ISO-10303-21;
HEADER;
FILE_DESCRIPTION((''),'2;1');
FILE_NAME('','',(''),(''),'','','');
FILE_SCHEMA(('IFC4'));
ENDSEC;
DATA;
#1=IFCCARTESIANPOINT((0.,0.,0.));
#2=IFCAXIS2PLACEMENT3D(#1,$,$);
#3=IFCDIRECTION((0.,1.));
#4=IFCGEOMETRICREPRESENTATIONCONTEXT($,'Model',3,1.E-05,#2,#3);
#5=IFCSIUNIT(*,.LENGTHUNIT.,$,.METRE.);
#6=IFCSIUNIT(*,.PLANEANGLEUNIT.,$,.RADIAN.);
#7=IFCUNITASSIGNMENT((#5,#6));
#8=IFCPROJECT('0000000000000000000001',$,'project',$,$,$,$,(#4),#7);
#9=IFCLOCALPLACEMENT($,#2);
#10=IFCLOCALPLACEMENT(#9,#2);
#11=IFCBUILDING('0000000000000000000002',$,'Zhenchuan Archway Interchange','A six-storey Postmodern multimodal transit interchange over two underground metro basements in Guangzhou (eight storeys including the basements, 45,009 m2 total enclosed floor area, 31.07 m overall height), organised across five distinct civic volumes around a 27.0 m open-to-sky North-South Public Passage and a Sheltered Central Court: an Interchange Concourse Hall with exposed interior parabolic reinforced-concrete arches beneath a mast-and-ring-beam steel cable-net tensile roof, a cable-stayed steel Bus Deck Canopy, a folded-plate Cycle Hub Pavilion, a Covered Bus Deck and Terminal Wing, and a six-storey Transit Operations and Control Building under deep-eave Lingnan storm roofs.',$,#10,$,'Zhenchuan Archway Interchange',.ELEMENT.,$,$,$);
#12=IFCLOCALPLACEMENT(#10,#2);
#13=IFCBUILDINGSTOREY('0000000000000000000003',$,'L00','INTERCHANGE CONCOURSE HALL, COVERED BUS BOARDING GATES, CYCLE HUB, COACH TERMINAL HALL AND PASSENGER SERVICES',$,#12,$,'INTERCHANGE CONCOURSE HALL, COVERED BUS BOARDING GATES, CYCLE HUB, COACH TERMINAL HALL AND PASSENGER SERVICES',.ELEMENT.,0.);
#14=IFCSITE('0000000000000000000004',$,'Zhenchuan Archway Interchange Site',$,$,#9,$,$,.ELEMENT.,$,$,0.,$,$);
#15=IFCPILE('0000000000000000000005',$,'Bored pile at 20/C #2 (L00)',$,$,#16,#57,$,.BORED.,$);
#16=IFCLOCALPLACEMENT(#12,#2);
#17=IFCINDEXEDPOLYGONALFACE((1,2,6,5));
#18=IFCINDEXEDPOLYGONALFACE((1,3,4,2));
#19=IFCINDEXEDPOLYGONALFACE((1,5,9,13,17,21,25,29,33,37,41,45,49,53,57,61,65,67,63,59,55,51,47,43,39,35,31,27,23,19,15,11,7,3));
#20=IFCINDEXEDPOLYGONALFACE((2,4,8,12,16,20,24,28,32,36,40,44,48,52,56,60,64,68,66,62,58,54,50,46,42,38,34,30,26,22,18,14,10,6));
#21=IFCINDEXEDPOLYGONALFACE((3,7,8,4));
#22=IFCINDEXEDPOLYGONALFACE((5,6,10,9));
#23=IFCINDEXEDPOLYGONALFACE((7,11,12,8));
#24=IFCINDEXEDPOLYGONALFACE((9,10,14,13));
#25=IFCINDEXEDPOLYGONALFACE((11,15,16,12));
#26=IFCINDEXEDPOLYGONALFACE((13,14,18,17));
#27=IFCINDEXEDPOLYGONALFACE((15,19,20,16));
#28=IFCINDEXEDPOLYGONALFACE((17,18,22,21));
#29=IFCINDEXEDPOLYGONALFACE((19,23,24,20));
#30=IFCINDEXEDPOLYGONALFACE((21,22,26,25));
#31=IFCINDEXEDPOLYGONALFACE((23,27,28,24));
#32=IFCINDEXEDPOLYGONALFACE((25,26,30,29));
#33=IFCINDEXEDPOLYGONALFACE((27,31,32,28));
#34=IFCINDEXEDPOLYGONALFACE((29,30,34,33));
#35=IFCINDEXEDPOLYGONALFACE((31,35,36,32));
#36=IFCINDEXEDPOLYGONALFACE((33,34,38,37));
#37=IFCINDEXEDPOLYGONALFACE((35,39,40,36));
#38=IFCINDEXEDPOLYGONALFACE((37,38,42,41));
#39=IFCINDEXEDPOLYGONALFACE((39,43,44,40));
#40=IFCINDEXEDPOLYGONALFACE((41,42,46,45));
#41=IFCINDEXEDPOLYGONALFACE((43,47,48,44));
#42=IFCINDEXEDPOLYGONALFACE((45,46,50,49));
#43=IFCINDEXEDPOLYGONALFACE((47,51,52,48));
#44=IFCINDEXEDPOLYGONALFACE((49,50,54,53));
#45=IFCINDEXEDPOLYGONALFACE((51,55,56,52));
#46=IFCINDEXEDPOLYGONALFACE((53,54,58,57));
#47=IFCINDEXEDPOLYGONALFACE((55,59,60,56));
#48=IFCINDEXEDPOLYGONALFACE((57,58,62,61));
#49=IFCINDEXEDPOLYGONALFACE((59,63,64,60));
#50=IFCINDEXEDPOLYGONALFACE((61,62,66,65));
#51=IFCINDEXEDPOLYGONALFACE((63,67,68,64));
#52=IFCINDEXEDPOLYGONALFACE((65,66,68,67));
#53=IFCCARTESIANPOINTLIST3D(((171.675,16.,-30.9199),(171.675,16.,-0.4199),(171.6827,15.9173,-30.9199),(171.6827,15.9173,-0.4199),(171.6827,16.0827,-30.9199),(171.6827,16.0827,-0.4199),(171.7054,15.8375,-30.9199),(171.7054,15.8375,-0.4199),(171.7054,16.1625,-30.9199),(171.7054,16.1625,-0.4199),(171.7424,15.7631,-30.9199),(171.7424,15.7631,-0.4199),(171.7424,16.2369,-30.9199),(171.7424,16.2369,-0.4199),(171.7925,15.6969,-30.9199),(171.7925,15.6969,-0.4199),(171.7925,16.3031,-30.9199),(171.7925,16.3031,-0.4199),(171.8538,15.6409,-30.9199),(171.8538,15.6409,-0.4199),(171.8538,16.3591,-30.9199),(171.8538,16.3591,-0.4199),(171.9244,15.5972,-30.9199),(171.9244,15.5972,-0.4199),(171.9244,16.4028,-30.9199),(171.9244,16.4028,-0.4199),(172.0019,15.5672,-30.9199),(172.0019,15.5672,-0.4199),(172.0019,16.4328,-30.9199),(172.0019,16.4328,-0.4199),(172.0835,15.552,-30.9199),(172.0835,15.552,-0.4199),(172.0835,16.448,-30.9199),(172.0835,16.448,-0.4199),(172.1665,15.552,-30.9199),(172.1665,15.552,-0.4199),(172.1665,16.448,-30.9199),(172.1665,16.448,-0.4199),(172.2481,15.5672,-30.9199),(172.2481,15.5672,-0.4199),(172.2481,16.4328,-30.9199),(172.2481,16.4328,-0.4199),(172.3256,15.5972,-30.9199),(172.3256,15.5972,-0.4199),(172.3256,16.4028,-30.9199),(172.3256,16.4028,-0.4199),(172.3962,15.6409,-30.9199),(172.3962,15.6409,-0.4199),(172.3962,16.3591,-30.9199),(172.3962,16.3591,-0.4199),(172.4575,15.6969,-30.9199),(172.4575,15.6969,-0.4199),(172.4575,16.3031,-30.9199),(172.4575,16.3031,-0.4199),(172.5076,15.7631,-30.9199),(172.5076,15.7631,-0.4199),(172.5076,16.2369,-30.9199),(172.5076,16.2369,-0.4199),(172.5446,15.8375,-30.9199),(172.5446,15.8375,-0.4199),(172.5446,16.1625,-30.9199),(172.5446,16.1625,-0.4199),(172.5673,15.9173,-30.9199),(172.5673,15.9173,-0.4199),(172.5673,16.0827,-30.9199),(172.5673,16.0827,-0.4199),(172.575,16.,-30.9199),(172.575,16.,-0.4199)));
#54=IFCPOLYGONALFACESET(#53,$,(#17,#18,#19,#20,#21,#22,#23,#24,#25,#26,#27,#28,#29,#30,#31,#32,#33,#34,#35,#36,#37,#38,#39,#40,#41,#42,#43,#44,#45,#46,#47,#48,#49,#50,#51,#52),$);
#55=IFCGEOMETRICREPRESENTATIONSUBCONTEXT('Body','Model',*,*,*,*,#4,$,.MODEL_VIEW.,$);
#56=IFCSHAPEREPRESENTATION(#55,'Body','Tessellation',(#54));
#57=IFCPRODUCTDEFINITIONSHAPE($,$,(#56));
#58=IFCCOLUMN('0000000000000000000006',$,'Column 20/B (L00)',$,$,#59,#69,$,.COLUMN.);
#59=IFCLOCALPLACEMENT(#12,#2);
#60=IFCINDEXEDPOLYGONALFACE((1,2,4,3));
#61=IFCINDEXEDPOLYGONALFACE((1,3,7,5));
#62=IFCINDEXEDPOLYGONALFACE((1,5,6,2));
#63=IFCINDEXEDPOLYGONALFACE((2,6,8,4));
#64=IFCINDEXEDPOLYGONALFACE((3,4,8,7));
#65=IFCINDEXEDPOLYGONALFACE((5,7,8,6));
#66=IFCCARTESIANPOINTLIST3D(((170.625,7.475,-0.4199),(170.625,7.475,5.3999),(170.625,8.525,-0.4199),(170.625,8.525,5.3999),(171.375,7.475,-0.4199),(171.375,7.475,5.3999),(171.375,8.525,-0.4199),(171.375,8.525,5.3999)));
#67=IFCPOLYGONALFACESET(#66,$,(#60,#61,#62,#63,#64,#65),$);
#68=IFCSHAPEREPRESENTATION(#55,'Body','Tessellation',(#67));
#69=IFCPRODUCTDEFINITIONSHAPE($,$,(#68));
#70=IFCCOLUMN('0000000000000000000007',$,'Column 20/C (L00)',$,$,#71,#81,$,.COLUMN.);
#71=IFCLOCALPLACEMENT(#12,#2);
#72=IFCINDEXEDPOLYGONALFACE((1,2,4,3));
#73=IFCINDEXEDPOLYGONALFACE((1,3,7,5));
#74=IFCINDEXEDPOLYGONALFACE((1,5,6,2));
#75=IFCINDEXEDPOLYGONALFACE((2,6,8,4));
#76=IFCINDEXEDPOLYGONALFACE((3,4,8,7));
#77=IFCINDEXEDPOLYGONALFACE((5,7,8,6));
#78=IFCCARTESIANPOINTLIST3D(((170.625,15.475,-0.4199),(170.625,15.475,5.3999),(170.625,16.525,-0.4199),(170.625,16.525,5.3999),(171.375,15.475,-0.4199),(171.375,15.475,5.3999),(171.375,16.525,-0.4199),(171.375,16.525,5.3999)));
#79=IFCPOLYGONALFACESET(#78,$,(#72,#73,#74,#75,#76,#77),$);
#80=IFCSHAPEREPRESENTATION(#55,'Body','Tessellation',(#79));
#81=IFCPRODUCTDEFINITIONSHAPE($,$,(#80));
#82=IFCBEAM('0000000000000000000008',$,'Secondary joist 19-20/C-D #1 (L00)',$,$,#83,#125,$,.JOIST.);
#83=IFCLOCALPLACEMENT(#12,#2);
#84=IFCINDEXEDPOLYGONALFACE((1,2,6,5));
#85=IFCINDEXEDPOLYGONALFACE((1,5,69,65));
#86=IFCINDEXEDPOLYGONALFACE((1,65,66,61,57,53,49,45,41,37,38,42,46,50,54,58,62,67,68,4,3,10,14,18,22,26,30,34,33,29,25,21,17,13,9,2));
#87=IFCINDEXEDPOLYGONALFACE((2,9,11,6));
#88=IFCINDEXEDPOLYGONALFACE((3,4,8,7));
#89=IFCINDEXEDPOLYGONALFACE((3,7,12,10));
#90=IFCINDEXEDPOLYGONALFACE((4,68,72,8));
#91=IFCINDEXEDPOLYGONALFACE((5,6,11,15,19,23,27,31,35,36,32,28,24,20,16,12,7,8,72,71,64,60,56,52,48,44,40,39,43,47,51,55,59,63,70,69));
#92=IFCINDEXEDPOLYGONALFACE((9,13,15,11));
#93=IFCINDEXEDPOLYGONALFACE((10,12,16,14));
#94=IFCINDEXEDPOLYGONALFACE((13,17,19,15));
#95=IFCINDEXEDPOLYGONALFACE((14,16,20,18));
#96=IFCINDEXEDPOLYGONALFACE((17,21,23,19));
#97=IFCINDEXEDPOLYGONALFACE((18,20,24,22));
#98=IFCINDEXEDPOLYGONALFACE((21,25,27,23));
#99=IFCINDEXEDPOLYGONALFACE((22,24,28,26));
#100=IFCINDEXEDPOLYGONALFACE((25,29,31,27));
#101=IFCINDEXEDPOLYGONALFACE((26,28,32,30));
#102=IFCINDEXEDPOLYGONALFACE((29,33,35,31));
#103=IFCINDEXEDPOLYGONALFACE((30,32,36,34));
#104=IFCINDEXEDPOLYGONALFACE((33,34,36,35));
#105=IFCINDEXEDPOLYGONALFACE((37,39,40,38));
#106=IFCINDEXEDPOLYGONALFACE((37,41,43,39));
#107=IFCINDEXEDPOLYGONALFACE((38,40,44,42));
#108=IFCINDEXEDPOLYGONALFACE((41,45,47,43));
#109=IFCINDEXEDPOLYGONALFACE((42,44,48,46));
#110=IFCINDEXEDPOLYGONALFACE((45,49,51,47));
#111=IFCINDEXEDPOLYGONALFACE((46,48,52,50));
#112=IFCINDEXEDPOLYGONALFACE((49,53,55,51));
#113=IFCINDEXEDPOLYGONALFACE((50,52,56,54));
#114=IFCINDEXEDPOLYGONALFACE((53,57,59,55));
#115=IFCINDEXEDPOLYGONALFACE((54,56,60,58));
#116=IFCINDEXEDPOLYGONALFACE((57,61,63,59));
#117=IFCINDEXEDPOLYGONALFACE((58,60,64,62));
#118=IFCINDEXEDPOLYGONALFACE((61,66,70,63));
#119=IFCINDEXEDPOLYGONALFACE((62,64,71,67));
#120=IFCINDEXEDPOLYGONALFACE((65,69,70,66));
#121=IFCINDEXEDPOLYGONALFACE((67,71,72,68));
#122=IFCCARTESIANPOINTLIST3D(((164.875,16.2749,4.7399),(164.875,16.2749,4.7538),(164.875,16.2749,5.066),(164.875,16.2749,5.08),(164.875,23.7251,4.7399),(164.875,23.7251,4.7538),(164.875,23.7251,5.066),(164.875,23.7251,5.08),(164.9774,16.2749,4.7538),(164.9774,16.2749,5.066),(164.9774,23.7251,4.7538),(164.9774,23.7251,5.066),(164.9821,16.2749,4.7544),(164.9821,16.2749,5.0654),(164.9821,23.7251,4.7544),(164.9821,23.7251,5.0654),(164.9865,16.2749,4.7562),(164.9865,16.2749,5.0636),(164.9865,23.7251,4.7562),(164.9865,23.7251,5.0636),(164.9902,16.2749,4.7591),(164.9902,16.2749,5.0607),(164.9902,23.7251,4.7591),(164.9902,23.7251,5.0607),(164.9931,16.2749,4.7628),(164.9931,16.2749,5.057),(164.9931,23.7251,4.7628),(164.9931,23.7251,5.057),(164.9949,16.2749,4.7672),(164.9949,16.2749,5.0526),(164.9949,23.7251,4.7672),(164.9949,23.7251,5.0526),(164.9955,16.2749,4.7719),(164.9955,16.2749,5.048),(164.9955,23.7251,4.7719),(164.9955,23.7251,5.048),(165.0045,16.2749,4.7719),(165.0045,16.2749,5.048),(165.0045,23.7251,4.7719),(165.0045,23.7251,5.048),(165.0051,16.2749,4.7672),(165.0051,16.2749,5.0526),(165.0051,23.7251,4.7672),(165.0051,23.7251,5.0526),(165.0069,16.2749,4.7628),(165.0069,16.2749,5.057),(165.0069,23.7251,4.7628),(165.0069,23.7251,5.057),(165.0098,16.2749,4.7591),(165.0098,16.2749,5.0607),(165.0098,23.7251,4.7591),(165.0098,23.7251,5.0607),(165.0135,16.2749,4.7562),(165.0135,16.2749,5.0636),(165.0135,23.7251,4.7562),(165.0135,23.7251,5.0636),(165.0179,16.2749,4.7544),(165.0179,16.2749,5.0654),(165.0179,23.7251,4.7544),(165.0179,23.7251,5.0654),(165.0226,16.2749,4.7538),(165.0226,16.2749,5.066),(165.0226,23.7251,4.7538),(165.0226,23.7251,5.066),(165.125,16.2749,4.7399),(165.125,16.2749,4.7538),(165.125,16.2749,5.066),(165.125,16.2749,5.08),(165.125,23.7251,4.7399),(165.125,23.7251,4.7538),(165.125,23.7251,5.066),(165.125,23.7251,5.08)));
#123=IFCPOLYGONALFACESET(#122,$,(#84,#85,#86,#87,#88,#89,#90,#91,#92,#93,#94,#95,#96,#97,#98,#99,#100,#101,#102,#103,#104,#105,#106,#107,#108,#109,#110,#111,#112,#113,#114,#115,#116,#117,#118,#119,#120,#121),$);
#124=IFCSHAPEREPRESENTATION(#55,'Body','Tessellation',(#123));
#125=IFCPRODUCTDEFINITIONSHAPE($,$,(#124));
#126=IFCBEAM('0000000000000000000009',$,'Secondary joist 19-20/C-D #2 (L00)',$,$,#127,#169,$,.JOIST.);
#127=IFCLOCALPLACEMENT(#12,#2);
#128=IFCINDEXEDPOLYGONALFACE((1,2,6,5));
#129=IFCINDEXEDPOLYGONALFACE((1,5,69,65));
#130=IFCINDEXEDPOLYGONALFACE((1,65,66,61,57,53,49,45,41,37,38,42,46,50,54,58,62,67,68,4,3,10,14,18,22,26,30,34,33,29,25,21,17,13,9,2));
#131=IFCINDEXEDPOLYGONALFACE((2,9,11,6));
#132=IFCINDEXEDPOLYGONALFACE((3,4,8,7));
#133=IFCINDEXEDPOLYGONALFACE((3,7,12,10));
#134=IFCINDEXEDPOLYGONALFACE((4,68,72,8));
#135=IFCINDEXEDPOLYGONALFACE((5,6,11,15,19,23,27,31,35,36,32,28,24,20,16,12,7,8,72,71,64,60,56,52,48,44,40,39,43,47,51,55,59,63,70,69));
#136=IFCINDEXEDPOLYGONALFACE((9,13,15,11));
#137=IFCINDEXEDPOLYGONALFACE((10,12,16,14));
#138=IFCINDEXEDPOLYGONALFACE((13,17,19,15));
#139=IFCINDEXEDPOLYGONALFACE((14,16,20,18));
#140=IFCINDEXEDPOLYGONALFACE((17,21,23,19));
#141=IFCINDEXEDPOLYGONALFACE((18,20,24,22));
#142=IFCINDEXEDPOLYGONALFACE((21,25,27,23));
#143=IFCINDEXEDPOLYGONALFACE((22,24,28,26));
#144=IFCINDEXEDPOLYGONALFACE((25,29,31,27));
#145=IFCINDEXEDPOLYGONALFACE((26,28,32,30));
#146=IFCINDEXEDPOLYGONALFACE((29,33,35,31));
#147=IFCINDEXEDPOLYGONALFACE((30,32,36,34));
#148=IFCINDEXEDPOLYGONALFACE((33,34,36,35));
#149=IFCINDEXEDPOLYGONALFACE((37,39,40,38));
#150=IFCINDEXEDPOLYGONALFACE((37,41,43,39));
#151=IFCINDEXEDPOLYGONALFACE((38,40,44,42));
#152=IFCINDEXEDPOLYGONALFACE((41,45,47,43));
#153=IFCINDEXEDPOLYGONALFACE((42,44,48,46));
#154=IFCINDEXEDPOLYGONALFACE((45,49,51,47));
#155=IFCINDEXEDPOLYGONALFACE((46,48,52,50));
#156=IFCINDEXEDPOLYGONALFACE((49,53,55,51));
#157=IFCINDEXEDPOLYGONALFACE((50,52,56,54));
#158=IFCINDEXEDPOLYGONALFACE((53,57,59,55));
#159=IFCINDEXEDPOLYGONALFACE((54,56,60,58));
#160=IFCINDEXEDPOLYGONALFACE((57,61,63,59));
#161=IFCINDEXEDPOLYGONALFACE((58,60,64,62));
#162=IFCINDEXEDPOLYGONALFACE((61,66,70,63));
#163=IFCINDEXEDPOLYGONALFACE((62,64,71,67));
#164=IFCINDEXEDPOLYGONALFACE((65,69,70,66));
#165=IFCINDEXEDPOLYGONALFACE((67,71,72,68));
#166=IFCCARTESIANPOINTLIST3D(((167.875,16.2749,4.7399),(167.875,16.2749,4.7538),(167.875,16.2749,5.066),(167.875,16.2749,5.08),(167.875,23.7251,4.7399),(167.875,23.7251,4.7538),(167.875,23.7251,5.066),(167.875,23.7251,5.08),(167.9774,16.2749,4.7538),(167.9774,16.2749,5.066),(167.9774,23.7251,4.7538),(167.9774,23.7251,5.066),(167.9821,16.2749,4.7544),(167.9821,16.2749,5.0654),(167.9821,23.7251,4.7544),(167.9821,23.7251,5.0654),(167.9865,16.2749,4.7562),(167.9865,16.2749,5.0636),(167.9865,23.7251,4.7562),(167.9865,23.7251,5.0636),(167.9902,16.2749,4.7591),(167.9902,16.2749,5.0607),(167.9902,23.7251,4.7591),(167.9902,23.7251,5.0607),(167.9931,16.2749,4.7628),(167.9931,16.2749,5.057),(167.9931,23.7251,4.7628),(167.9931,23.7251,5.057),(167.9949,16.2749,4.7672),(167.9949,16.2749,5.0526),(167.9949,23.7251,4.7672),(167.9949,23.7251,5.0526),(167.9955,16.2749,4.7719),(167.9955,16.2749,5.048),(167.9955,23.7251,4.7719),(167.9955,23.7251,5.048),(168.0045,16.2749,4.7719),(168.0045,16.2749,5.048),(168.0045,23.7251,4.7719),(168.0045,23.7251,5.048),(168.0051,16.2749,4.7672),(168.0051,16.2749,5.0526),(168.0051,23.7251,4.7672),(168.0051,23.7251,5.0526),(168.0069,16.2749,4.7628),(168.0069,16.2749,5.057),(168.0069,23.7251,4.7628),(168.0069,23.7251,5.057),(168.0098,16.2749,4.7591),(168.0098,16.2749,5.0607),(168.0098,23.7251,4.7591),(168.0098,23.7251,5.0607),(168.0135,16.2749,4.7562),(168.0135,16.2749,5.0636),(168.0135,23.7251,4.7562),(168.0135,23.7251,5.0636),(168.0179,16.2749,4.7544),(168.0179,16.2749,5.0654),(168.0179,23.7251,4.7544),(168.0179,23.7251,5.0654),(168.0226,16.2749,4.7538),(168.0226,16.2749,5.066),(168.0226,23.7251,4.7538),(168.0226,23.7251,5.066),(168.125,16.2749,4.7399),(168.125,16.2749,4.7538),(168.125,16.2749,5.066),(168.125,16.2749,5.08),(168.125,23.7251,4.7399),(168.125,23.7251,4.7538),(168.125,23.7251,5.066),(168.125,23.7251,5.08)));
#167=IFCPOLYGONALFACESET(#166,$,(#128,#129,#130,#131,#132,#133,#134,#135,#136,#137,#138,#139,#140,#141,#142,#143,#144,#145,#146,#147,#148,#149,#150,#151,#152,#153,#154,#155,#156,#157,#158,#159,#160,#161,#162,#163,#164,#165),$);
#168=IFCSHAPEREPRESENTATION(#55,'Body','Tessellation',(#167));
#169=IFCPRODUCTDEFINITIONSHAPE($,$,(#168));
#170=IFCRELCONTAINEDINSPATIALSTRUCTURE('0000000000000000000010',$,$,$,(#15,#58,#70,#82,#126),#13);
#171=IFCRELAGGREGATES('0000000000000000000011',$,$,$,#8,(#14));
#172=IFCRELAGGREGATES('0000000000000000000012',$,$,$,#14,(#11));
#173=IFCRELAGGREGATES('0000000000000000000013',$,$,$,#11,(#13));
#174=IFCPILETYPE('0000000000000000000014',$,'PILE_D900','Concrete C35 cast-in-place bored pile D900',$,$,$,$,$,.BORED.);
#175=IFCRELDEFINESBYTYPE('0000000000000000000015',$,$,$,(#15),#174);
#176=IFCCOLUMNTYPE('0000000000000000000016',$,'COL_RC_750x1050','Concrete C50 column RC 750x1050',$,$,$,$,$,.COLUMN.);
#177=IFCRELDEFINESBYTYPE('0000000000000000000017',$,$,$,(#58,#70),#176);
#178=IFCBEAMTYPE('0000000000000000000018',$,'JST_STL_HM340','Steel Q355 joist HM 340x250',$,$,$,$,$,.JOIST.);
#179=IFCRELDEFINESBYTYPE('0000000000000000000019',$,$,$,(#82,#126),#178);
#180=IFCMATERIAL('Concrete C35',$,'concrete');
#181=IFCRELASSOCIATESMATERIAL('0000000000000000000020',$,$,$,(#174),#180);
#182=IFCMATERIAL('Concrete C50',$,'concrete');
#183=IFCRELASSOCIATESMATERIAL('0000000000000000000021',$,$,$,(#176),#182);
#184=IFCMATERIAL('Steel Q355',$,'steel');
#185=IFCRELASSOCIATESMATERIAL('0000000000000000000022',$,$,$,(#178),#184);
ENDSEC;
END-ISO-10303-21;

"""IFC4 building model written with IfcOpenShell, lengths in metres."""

from ifc_helpers import new_model, si_unit, direction, frame, origin, origin_2d, place, context, subcontext, project, spatial, rectangle, circle, i_section, extrude, material, material_profile, profile_set, type_object, element, save


model = new_model("IFC4")

# Units and contexts
model_context = context("Model", 3, precision=1e-05, world=origin(), true_north=direction((0.0, 1.0)))
body_context = subcontext(model_context, "Body", "Model", "MODEL_VIEW")
ifc_project = project(units=[si_unit("LENGTHUNIT", "METRE"), si_unit("PLANEANGLEUNIT", "RADIAN")], contexts=[model_context])

# Site, building, storey
site_placement = place(None, origin())
site = spatial("IfcSite", under=ifc_project, at=site_placement, Name="Zhenchuan Archway Interchange Site", CompositionType="ELEMENT", RefElevation=0.0)
building_placement = place(site_placement, origin())
building = spatial("IfcBuilding", under=site, at=building_placement, Name="Zhenchuan Archway Interchange", Description="A six-storey Postmodern multimodal transit interchange over two underground metro basements in Guangzhou (eight storeys including the basements, 45,009 m2 total enclosed floor area, 31.07 m overall height), organised across five distinct civic volumes around a 27.0 m open-to-sky North-South Public Passage and a Sheltered Central Court: an Interchange Concourse Hall with exposed interior parabolic reinforced-concrete arches beneath a mast-and-ring-beam steel cable-net tensile roof, a cable-stayed steel Bus Deck Canopy, a folded-plate Cycle Hub Pavilion, a Covered Bus Deck and Terminal Wing, and a six-storey Transit Operations and Control Building under deep-eave Lingnan storm roofs.", LongName="Zhenchuan Archway Interchange", CompositionType="ELEMENT")
storey_placement = place(building_placement, origin())
storey = spatial("IfcBuildingStorey", under=building, at=storey_placement, Name="L00", Description="INTERCHANGE CONCOURSE HALL, COVERED BUS BOARDING GATES, CYCLE HUB, COACH TERMINAL HALL AND PASSENGER SERVICES", LongName="INTERCHANGE CONCOURSE HALL, COVERED BUS BOARDING GATES, CYCLE HUB, COACH TERMINAL HALL AND PASSENGER SERVICES", CompositionType="ELEMENT", Elevation=0.0)

# Pile
ifc_material_1 = material(Name="Concrete C35", Category="concrete")
ifc_material_profile_1 = material_profile(ifc_material_1, circle(Radius=0.45, at=origin_2d()), Name="BORED PILE 900")
ifc_profile_set_1 = profile_set([ifc_material_profile_1], Name="Concrete C35")
pile_type = type_object("IfcPileType", Name="PILE_D900", Description="Concrete C35 cast-in-place bored pile D900", PredefinedType="BORED", material=ifc_profile_set_1)
for number, where, z_axis, x_axis, name in (
    (1, (172.125, 16.0, -0.4199), (0.0, 0.0, -1.0), (1.0, 0.0, 0.0), "Bored pile at 20/C #2 (L00)"),
):
    element("IfcPile", number, at=place(storey_placement, frame(where, z_axis=z_axis, x_axis=x_axis)), inside=storey, type_object=pile_type, Name=name, PredefinedType="BORED", context=body_context, shape_type="SweptSolid", body=[
        extrude(circle(Radius=0.45, at=origin_2d()), origin(), (0.0, 0.0, 1.0), 30.5),
    ])

# Columns
ifc_material_2 = material(Name="Concrete C50", Category="concrete")
ifc_material_profile_2 = material_profile(ifc_material_2, rectangle(XDim=0.75, YDim=1.05, at=origin_2d()), Name="RC 750x1050")
ifc_profile_set_2 = profile_set([ifc_material_profile_2], Name="Concrete C50")
column_type = type_object("IfcColumnType", Name="COL_RC_750x1050", Description="Concrete C50 column RC 750x1050", PredefinedType="COLUMN", material=ifc_profile_set_2)
for number, where, z_axis, x_axis, name in (
    (2, (171.0, 8.0, -0.4199), (0.0, 0.0, 1.0), (1.0, 0.0, 0.0), "Column 20/B (L00)"),
    (3, (171.0, 16.0, -0.4199), (0.0, 0.0, 1.0), (1.0, 0.0, 0.0), "Column 20/C (L00)"),
):
    element("IfcColumn", number, at=place(storey_placement, frame(where, z_axis=z_axis, x_axis=x_axis)), inside=storey, type_object=column_type, Name=name, PredefinedType="COLUMN", context=body_context, shape_type="SweptSolid", body=[
        extrude(rectangle(XDim=0.75, YDim=1.05, at=origin_2d()), origin(), (0.0, 0.0, 1.0), 5.8198),
    ])

# Beams
ifc_material_3 = material(Name="Steel Q355", Category="steel")
ifc_material_profile_3 = material_profile(ifc_material_3, i_section(OverallWidth=0.25, OverallDepth=0.3401, WebThickness=0.009, FlangeThickness=0.0139, FilletRadius=0.0181, at=origin_2d()), Name="HM 340x250")
ifc_profile_set_3 = profile_set([ifc_material_profile_3], Name="Steel Q355")
beam_type_1 = type_object("IfcBeamType", Name="JST_STL_HM340", Description="Steel Q355 joist HM 340x250", PredefinedType="JOIST", material=ifc_profile_set_3)
for number, where, z_axis, x_axis, name in (
    (4, (165.0, 16.2749, 4.9099), (0.0, 1.0, 0.0), (-1.0, 0.0, 0.0), "Secondary joist 19-20/C-D #1 (L00)"),
    (5, (168.0, 16.2749, 4.9099), (0.0, 1.0, 0.0), (-1.0, 0.0, 0.0), "Secondary joist 19-20/C-D #2 (L00)"),
):
    element("IfcBeam", number, at=place(storey_placement, frame(where, z_axis=z_axis, x_axis=x_axis)), inside=storey, type_object=beam_type_1, Name=name, PredefinedType="JOIST", context=body_context, shape_type="SweptSolid", body=[
        extrude(i_section(OverallWidth=0.25, OverallDepth=0.3401, WebThickness=0.009, FlangeThickness=0.0139, FilletRadius=0.0181, at=origin_2d()), origin(), (0.0, 0.0, 1.0), 7.4502),
    ])

save(model, "model.ifc")
